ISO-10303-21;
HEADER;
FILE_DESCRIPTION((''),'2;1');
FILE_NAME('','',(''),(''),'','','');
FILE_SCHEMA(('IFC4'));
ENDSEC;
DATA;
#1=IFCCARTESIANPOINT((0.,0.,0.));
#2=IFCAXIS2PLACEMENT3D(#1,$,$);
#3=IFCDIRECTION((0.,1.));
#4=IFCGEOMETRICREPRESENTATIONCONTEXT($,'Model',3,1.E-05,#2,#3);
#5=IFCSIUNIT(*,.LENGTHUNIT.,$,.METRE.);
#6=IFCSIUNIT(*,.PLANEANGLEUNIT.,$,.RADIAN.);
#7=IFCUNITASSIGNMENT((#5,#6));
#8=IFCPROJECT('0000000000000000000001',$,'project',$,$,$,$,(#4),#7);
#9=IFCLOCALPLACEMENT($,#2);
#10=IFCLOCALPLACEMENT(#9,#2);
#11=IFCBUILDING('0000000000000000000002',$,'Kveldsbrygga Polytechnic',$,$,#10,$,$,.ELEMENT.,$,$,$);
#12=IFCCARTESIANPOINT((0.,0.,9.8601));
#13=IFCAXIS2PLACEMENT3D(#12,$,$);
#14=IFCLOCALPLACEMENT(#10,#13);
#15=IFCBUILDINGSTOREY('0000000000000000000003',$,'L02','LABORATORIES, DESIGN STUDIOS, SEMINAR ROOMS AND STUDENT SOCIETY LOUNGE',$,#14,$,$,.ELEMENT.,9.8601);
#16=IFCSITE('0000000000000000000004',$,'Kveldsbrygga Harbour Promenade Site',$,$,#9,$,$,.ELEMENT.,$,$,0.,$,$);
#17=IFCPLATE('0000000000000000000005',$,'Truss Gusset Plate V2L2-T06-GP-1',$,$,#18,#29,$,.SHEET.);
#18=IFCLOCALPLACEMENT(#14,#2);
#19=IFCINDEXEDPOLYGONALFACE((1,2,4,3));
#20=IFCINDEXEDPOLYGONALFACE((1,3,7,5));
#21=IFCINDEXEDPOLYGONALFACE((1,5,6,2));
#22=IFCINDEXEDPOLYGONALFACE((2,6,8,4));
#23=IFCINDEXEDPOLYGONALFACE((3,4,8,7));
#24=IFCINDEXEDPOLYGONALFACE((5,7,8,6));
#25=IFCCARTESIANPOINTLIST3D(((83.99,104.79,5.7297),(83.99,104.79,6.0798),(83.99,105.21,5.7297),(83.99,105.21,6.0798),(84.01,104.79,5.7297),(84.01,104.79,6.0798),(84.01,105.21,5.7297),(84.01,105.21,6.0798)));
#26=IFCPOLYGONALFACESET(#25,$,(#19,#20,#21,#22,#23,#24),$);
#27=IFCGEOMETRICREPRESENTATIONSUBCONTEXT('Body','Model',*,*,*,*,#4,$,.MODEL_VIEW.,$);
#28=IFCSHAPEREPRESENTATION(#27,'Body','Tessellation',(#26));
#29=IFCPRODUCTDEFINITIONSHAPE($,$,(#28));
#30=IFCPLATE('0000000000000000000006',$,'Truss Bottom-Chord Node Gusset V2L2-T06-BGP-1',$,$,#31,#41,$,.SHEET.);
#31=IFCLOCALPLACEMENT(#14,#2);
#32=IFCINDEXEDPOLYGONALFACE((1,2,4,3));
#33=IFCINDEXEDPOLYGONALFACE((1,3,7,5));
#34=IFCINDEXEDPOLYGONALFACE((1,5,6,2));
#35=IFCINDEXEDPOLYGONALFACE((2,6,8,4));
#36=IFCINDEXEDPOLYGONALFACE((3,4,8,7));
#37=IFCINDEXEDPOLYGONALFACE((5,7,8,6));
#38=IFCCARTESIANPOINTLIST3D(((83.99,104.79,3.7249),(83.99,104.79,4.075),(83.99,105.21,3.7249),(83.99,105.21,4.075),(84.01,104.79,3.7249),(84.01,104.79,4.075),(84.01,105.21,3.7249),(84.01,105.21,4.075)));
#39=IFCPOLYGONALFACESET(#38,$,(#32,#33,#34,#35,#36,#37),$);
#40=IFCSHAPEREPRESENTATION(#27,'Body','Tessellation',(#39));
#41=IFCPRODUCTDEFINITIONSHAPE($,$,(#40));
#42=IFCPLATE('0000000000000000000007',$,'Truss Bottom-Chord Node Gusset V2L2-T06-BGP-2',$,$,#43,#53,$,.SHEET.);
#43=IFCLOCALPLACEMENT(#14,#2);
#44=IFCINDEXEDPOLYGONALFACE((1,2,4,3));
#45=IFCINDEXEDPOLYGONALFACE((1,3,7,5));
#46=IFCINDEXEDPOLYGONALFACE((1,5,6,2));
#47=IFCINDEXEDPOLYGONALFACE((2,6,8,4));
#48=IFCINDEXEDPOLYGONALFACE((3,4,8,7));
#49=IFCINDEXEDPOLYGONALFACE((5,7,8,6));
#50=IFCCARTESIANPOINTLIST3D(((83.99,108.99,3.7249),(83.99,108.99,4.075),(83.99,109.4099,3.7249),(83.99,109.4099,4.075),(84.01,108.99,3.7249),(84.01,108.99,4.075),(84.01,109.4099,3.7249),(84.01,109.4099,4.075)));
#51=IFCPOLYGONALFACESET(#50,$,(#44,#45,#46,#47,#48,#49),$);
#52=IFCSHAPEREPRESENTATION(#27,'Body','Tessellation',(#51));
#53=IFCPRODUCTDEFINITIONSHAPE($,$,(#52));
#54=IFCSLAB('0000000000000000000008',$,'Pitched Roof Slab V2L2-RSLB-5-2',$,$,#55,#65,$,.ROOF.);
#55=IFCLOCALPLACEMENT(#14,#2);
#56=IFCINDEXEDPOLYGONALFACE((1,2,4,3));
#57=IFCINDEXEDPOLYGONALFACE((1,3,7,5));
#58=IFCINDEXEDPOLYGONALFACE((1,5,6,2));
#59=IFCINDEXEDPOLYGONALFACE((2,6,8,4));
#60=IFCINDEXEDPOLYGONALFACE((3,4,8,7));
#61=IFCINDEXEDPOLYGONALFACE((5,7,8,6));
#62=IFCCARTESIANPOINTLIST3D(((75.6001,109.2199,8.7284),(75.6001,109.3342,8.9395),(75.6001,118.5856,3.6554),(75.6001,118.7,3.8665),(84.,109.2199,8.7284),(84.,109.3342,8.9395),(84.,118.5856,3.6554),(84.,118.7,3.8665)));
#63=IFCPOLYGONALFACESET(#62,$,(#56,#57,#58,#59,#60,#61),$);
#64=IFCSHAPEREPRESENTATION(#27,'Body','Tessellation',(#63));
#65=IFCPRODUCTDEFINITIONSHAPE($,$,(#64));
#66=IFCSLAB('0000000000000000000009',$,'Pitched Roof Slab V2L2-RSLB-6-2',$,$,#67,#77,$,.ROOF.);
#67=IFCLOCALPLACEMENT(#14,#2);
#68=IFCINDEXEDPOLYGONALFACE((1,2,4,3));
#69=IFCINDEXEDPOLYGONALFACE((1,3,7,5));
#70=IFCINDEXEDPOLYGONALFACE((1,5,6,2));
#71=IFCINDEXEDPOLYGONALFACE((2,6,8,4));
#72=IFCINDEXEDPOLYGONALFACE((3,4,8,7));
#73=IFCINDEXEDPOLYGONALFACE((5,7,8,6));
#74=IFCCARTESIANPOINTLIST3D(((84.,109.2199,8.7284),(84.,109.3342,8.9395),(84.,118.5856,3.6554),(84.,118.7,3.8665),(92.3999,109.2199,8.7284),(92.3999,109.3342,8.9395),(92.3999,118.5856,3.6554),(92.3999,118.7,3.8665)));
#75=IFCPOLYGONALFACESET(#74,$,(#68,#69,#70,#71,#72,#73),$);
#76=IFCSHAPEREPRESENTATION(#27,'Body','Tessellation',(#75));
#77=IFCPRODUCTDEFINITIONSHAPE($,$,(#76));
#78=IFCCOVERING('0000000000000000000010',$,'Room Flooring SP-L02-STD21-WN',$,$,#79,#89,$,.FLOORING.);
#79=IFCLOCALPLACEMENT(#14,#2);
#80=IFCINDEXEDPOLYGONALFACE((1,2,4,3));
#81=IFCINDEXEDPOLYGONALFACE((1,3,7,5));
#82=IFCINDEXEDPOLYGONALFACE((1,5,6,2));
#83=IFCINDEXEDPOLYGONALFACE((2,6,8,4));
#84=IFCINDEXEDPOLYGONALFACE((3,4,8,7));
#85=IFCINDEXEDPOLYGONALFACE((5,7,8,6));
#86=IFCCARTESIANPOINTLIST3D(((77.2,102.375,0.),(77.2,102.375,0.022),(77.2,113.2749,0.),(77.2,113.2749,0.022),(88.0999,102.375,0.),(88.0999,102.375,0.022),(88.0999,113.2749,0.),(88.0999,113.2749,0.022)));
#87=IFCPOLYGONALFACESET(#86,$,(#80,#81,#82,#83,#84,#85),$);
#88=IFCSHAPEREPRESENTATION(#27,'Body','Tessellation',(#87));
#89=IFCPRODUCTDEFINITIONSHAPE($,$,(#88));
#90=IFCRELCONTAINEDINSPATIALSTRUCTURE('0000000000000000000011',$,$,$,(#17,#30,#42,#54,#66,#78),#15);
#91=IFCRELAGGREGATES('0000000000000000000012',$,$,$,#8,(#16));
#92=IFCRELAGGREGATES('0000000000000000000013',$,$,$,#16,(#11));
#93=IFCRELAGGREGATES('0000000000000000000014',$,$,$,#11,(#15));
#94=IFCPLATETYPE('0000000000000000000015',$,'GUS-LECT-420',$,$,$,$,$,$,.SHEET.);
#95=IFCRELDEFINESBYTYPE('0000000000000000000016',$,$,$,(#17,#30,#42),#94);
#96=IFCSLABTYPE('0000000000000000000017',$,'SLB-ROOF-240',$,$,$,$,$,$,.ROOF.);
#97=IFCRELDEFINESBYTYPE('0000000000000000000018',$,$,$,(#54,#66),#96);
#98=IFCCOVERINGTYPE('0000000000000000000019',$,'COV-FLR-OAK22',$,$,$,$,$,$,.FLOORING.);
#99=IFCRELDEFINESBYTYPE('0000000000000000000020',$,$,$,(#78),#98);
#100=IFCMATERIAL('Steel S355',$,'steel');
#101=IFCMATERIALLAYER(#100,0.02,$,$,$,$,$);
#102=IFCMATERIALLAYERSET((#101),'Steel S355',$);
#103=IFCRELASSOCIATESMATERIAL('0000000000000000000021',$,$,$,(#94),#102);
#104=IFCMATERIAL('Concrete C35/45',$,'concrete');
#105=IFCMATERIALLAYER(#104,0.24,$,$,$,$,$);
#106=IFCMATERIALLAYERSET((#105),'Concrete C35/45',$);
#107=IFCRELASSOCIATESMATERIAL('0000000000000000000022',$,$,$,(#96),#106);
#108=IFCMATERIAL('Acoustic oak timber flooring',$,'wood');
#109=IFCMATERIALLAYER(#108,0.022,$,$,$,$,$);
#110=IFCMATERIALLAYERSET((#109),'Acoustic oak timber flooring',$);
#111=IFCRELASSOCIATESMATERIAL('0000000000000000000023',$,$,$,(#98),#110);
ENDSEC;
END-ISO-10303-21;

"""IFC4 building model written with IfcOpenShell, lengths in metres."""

from ifc_helpers import new_model, si_unit, direction, frame, origin, origin_2d, place, context, subcontext, project, spatial, polyline, rectangle, outline, extrude, material, layer, layer_set, type_object, element, save


model = new_model("IFC4")

# Units and contexts
model_context = context("Model", 3, precision=1e-05, world=origin(), true_north=direction((0.0, 1.0)))
body_context = subcontext(model_context, "Body", "Model", "MODEL_VIEW")
ifc_project = project(units=[si_unit("LENGTHUNIT", "METRE"), si_unit("PLANEANGLEUNIT", "RADIAN")], contexts=[model_context])

# Site, building, storey
site_placement = place(None, origin())
site = spatial("IfcSite", under=ifc_project, at=site_placement, Name="Kveldsbrygga Harbour Promenade Site", CompositionType="ELEMENT", RefElevation=0.0)
building_placement = place(site_placement, origin())
building = spatial("IfcBuilding", under=site, at=building_placement, Name="Kveldsbrygga Polytechnic", CompositionType="ELEMENT")
storey_placement = place(building_placement, frame((0.0, 0.0, 9.8601)))
storey = spatial("IfcBuildingStorey", under=building, at=storey_placement, Name="L02", Description="LABORATORIES, DESIGN STUDIOS, SEMINAR ROOMS AND STUDENT SOCIETY LOUNGE", CompositionType="ELEMENT", Elevation=9.8601)

# Shared definitions
ifc_material_1 = material(Name="Steel S355", Category="steel")

# Plates
ifc_layer_1 = layer(ifc_material_1, 0.02)
ifc_layer_set_1 = layer_set([ifc_layer_1], Name="Steel S355")
plate_type_1 = type_object("IfcPlateType", Name="GUS-LECT-420", PredefinedType="SHEET", material=ifc_layer_set_1)
for number, where, z_axis, x_axis, name in (
    (1, (84.0, 105.0, 5.7297), (0.0, 0.0, 1.0), (1.0, 0.0, 0.0), "Truss Gusset Plate V2L2-T06-GP-1"),
    (2, (84.0, 105.0, 3.7249), (0.0, 0.0, 1.0), (1.0, 0.0, 0.0), "Truss Bottom-Chord Node Gusset V2L2-T06-BGP-1"),
    (3, (84.0, 109.2, 3.7249), (0.0, 0.0, 1.0), (1.0, 0.0, 0.0), "Truss Bottom-Chord Node Gusset V2L2-T06-BGP-2"),
):
    element("IfcPlate", number, at=place(storey_placement, frame(where, z_axis=z_axis, x_axis=x_axis)), inside=storey, type_object=plate_type_1, Name=name, PredefinedType="SHEET", context=body_context, shape_type="SweptSolid", body=[
        extrude(rectangle(XDim=0.02, YDim=0.4199, at=origin_2d()), origin(), (0.0, 0.0, 1.0), 0.3501),
    ])

# Slabs
ifc_material_2 = material(Name="Concrete C35/45", Category="concrete")
ifc_layer_2 = layer(ifc_material_2, 0.24)
ifc_layer_set_2 = layer_set([ifc_layer_2], Name="Concrete C35/45")
slab_type = type_object("IfcSlabType", Name="SLB-ROOF-240", PredefinedType="ROOF", material=ifc_layer_set_2)
for number, where, z_axis, x_axis, name in (
    (4, (75.6001, 109.3342, 8.9395), (0.0, 0.476276, 0.879296), (1.0, 0.0, 0.0), "Pitched Roof Slab V2L2-RSLB-5-2"),
    (5, (84.0, 109.3342, 8.9395), (0.0, 0.476276, 0.879296), (1.0, 0.0, 0.0), "Pitched Roof Slab V2L2-RSLB-6-2"),
):
    element("IfcSlab", number, at=place(storey_placement, frame(where, z_axis=z_axis, x_axis=x_axis)), inside=storey, type_object=slab_type, Name=name, PredefinedType="ROOF", context=body_context, shape_type="SweptSolid", body=[
        extrude(outline(polyline([(0.0, 0.0), (8.3999, 0.0), (8.3999, 10.6514), (0.0, 10.6514), (0.0, 0.0)])), origin(), (0.0, 0.0, -1.0), 0.24),
    ])

# Covering
ifc_material_3 = material(Name="Acoustic oak timber flooring", Category="wood")
ifc_layer_3 = layer(ifc_material_3, 0.022)
ifc_layer_set_3 = layer_set([ifc_layer_3], Name="Acoustic oak timber flooring")
covering_type = type_object("IfcCoveringType", Name="COV-FLR-OAK22", PredefinedType="FLOORING", material=ifc_layer_set_3)
covering_placement = place(storey_placement, frame((82.6499, 107.825, 0.0), z_axis=(0.0, 0.0, 1.0), x_axis=(1.0, 0.0, 0.0)))
element("IfcCovering", 6, at=covering_placement, inside=storey, type_object=covering_type, Name="Room Flooring SP-L02-STD21-WN", PredefinedType="FLOORING", context=body_context, shape_type="SweptSolid", body=[
    extrude(rectangle(XDim=10.8999, YDim=10.8999, at=origin_2d()), origin(), (0.0, 0.0, 1.0), 0.022),
])

save(model, "model.ifc")
